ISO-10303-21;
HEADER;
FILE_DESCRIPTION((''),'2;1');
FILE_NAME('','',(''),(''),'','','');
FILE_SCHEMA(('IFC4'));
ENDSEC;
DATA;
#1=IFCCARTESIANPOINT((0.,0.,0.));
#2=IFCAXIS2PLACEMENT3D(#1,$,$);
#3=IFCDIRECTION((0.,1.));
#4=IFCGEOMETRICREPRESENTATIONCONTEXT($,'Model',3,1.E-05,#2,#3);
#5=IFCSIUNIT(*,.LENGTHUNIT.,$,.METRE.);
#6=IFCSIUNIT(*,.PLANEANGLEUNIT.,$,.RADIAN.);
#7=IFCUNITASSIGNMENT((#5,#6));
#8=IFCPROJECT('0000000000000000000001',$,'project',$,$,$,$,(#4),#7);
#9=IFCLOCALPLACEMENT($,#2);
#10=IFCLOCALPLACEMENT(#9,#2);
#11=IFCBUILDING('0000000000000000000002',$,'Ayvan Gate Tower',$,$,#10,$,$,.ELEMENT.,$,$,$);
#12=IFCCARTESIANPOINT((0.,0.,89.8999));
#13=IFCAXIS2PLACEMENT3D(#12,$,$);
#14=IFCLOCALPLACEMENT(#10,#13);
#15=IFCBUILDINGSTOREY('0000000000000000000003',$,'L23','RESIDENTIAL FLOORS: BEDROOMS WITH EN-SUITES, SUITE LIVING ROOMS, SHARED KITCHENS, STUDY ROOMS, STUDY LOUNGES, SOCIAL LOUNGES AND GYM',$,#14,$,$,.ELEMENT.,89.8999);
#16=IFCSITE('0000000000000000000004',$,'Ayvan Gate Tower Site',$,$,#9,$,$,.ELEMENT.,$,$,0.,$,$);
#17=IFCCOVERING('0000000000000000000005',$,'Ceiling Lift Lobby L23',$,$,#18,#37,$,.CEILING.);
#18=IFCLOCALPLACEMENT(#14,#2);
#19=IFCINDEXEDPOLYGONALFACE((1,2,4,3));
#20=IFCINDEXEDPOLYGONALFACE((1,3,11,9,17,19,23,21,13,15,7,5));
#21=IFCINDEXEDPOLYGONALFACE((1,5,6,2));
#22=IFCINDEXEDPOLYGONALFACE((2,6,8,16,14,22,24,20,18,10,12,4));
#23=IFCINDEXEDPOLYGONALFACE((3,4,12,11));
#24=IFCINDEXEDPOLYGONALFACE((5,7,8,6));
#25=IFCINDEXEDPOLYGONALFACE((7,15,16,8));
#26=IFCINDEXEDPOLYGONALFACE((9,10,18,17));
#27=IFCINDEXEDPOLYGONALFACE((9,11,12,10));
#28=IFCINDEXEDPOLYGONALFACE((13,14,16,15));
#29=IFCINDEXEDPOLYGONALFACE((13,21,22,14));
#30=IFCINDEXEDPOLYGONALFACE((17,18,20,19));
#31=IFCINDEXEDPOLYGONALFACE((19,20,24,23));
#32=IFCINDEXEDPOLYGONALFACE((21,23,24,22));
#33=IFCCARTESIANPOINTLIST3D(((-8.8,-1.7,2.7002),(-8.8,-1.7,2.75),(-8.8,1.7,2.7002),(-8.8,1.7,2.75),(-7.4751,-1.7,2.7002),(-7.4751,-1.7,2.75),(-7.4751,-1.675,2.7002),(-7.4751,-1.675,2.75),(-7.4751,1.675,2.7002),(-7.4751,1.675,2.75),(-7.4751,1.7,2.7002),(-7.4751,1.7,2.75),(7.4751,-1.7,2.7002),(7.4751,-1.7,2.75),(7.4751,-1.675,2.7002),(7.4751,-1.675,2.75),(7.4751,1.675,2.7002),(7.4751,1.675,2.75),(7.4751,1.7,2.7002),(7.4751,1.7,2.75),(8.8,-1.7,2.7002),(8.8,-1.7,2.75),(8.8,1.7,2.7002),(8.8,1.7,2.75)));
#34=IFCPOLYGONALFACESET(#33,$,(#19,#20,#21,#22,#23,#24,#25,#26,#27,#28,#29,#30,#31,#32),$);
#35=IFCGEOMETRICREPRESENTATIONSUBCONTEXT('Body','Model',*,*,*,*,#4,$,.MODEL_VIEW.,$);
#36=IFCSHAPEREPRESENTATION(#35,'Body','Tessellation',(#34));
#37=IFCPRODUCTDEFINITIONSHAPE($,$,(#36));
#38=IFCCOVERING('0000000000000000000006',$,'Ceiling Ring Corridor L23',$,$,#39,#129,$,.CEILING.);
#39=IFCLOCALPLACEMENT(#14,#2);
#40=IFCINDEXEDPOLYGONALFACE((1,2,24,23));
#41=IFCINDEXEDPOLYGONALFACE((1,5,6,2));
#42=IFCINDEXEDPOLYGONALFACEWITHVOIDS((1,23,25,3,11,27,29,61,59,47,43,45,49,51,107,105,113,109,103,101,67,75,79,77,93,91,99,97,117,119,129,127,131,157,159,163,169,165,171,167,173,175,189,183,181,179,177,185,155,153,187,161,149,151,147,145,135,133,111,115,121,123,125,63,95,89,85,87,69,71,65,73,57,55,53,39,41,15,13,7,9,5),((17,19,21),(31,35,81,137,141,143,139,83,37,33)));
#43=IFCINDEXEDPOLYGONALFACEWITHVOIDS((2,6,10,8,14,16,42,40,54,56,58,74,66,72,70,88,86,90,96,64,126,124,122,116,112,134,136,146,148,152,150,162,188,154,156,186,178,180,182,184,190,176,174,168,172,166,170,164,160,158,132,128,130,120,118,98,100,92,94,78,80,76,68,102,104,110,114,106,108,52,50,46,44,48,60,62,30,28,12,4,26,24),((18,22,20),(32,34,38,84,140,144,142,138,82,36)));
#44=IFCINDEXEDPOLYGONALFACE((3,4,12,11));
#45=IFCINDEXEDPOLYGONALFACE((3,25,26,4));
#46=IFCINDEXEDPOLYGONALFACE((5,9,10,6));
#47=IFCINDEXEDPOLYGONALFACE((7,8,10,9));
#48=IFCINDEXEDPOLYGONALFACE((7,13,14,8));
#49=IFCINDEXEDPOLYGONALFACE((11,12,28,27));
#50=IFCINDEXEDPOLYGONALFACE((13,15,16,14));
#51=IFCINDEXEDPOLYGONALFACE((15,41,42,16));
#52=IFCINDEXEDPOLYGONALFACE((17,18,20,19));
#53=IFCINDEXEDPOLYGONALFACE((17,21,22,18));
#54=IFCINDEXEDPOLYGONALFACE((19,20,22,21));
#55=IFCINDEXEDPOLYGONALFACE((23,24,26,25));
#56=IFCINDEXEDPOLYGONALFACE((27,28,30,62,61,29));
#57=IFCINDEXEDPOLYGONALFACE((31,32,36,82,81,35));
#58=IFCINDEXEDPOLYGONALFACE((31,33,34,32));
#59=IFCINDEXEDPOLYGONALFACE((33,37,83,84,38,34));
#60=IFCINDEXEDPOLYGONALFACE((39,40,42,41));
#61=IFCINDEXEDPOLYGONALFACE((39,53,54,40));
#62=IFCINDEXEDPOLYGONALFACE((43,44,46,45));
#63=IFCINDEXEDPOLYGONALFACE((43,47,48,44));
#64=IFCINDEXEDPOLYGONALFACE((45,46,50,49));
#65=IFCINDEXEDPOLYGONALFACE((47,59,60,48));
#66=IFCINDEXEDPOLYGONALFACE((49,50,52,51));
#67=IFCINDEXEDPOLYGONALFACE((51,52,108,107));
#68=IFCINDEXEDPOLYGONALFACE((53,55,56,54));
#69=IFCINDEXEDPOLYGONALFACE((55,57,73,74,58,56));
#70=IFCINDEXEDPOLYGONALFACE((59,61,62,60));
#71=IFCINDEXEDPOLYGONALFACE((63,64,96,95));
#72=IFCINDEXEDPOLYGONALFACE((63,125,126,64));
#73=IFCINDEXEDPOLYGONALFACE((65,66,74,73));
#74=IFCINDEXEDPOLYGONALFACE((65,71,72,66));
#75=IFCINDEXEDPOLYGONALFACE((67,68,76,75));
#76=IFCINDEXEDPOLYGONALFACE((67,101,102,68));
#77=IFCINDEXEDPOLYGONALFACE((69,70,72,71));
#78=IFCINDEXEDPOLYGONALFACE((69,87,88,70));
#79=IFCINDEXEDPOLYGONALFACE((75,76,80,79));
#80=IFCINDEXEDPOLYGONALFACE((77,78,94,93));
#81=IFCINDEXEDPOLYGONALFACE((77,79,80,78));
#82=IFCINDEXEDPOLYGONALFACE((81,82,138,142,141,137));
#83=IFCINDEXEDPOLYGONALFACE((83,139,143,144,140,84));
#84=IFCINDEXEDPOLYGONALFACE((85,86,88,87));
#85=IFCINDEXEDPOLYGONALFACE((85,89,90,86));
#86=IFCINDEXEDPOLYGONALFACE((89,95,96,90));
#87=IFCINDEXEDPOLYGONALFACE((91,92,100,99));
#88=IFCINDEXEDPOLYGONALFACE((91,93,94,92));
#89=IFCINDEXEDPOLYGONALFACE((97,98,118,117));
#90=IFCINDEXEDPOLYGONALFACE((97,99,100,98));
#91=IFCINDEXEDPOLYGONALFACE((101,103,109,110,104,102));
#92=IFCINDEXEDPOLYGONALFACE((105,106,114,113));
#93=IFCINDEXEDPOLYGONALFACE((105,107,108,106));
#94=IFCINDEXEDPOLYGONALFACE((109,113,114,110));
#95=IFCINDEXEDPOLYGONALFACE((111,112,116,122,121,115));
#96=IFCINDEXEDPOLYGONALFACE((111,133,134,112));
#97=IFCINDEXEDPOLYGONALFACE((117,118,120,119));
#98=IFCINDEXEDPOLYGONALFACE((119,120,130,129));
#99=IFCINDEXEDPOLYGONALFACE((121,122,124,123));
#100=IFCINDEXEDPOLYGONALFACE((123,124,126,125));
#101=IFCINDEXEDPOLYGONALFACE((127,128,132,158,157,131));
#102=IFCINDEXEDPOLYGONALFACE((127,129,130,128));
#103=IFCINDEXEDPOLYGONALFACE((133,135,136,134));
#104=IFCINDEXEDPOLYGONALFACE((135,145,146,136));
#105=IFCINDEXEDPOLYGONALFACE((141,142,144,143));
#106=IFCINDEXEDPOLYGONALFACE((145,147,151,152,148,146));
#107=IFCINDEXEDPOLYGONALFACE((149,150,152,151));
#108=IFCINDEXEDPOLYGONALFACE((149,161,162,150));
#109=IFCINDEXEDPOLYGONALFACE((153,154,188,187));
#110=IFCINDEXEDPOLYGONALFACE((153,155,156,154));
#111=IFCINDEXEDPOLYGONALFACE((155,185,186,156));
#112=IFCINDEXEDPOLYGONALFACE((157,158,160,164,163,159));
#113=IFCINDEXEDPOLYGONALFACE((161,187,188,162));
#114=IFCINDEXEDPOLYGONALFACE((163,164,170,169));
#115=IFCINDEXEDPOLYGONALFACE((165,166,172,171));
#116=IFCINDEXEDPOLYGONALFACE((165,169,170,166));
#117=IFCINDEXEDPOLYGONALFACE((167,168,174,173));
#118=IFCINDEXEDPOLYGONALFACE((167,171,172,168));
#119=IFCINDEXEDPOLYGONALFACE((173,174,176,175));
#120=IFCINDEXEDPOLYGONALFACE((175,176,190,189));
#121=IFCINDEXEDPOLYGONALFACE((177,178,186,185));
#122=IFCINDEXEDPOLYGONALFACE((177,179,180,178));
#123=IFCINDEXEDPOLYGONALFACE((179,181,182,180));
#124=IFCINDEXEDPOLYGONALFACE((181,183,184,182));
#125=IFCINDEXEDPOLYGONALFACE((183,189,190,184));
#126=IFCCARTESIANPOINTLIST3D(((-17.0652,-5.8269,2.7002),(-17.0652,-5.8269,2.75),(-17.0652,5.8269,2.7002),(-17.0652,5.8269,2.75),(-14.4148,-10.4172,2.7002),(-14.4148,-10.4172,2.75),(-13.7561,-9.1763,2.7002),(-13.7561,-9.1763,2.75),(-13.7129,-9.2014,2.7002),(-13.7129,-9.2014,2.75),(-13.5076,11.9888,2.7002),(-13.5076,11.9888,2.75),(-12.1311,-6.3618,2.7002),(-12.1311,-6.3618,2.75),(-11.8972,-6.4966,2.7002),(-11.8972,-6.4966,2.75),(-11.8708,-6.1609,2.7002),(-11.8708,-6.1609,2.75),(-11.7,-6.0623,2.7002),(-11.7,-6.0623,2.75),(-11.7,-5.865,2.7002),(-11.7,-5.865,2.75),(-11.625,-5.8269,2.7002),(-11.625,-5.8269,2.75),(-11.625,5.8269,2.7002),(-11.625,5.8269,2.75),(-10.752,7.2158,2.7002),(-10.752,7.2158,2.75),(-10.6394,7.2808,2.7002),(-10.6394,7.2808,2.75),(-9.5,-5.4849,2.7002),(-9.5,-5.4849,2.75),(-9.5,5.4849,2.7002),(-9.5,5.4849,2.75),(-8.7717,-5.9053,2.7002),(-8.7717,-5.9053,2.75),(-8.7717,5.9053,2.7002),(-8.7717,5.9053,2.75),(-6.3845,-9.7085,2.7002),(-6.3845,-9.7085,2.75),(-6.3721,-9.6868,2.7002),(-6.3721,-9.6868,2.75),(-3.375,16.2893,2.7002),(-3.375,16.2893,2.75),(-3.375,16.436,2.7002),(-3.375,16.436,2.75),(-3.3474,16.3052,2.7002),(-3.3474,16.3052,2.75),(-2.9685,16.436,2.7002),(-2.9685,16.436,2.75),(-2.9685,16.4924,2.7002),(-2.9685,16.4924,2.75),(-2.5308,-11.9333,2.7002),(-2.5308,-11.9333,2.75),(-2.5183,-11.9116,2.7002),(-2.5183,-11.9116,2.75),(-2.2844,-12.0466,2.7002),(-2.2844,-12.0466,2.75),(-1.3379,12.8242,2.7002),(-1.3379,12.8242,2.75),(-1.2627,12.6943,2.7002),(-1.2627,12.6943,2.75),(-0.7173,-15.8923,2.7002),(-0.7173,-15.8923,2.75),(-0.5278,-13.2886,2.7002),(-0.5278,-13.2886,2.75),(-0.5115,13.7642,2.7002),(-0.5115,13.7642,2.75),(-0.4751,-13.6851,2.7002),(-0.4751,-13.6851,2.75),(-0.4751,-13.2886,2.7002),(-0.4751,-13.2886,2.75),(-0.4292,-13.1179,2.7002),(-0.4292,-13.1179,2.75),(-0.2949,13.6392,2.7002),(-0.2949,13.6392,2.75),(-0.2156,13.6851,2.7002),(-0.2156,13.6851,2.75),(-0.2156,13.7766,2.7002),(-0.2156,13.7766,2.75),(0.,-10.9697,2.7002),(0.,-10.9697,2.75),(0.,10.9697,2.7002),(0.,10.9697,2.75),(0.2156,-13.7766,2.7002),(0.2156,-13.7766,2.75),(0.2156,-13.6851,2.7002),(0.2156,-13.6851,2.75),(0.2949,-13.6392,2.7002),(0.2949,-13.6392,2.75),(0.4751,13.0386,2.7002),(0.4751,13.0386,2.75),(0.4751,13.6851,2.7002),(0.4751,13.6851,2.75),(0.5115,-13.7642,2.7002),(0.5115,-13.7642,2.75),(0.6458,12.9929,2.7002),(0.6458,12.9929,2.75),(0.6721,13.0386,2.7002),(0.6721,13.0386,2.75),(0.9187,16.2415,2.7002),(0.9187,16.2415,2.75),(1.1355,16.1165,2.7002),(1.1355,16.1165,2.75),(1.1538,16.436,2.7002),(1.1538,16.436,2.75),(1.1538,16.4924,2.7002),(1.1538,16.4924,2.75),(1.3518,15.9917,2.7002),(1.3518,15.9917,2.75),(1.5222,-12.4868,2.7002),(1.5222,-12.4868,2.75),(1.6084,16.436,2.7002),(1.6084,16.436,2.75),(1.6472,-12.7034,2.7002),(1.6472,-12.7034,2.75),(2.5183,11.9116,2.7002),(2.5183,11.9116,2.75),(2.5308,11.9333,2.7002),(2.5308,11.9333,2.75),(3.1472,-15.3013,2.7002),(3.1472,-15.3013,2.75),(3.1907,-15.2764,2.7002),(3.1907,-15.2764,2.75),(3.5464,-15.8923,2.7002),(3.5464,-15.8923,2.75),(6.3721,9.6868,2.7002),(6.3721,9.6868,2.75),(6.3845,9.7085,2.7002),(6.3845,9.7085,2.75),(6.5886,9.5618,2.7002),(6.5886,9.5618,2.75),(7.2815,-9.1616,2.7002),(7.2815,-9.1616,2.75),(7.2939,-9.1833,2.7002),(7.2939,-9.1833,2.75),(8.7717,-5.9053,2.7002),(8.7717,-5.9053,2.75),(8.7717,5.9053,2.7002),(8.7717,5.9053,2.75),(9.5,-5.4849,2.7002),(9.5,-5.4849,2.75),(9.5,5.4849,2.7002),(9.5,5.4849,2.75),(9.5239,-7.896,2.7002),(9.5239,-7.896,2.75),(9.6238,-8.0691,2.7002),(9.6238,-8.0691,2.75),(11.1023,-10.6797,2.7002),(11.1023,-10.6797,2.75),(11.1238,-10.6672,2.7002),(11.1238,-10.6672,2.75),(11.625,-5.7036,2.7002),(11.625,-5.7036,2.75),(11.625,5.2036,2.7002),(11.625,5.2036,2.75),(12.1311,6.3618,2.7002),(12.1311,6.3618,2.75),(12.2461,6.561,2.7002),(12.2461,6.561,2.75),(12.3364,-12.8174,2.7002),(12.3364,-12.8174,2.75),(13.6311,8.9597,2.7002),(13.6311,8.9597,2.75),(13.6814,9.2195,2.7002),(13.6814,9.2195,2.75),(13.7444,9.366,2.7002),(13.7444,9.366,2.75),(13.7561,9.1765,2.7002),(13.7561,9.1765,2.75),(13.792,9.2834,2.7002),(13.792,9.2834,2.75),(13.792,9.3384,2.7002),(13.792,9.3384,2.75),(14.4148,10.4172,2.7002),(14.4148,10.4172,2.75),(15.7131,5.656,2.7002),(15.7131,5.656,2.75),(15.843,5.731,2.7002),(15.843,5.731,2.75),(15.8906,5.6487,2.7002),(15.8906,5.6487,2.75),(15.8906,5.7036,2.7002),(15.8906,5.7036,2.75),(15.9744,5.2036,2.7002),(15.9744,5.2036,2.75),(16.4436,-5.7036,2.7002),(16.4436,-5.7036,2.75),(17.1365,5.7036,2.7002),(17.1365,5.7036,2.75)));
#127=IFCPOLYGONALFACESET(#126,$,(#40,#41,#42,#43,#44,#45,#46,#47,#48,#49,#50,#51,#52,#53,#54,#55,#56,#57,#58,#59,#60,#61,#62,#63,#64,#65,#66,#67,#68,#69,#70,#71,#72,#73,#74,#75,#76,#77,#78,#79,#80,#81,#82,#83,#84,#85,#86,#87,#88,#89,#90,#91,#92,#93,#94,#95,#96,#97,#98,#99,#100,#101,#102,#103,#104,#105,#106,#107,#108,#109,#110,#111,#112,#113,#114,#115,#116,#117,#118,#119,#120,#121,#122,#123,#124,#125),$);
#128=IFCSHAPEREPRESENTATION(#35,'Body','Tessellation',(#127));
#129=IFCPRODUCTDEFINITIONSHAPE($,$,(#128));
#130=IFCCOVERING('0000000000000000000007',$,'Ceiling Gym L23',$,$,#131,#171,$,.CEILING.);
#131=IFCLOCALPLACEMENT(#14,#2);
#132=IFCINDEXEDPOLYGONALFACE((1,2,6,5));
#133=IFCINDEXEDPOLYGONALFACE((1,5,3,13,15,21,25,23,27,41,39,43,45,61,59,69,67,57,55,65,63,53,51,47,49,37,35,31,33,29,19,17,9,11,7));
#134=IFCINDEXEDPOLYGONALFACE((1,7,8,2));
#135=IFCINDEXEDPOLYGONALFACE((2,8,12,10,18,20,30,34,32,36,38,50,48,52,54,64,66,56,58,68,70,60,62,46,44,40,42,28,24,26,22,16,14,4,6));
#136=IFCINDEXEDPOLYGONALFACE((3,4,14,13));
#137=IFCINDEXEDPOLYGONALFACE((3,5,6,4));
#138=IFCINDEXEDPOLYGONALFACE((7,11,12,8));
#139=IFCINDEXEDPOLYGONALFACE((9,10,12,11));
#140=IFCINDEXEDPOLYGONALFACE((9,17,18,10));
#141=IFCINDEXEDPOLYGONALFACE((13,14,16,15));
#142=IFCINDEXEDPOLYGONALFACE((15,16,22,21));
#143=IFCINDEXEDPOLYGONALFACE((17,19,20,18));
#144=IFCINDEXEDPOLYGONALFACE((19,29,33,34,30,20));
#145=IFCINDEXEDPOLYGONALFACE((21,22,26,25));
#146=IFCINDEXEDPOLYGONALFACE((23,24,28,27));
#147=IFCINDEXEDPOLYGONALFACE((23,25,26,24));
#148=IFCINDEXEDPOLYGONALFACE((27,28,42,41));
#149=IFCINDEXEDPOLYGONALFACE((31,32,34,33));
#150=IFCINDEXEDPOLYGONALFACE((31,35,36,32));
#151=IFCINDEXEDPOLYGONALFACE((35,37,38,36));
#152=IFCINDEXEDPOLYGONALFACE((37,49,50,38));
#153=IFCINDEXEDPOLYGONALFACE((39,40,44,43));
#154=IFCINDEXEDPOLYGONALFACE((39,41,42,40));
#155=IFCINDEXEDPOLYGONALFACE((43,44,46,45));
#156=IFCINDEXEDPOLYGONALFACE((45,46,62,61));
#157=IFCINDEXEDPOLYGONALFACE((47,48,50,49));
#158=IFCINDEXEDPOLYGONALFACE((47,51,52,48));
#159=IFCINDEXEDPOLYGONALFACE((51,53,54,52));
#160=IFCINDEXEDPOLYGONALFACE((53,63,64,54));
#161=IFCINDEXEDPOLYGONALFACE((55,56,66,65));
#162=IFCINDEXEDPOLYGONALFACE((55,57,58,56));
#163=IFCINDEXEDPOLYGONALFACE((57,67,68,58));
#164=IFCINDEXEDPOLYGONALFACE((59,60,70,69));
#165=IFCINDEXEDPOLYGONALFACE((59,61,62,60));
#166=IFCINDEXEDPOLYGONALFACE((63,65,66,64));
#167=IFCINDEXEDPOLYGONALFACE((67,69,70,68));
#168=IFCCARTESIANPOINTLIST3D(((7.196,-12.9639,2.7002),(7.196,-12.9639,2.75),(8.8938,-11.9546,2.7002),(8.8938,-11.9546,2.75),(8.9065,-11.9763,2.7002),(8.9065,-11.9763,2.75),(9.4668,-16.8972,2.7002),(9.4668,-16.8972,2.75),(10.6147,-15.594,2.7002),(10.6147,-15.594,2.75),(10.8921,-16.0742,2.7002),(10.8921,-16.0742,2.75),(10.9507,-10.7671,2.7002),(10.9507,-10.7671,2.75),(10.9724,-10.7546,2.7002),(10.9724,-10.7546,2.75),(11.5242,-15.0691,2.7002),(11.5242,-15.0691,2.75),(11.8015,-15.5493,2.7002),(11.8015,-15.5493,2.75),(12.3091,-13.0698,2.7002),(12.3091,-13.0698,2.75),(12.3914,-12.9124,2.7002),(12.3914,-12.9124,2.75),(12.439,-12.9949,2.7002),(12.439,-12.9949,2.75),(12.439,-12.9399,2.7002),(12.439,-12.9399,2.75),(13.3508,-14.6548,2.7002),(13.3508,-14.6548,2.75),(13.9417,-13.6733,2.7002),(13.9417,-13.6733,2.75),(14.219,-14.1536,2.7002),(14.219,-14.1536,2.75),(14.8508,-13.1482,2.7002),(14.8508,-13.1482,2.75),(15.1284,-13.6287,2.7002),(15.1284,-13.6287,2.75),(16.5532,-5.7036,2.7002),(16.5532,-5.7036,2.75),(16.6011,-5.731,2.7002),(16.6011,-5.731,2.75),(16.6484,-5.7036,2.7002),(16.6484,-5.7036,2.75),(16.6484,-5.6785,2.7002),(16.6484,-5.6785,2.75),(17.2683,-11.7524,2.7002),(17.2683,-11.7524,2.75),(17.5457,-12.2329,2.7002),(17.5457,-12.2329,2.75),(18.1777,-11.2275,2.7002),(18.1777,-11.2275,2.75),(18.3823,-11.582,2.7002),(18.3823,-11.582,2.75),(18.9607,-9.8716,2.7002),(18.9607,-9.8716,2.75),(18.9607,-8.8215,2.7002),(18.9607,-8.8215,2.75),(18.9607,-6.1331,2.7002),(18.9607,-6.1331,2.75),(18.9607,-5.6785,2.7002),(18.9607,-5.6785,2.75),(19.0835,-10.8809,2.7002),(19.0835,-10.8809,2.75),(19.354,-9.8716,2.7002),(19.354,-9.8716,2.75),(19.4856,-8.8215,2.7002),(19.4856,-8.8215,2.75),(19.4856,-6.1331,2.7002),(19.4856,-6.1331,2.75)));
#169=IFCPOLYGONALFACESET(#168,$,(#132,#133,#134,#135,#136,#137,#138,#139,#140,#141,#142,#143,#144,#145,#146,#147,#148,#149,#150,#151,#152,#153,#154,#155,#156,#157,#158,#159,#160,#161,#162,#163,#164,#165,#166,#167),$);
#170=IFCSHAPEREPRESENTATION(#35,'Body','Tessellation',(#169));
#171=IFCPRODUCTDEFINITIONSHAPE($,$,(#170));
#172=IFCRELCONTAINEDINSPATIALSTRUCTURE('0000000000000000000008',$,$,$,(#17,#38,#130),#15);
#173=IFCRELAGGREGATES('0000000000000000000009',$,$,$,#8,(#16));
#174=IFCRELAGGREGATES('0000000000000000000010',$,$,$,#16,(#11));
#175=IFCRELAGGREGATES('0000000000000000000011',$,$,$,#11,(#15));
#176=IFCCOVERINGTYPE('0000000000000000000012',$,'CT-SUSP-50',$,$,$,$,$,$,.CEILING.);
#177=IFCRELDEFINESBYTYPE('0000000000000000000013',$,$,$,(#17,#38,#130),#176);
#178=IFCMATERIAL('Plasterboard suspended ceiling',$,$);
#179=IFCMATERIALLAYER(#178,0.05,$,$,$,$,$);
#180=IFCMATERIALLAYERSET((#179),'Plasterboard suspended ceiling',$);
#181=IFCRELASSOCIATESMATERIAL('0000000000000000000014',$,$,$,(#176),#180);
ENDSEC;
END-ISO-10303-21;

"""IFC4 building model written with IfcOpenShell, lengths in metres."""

from ifc_helpers import new_model, si_unit, direction, frame, origin, place, context, subcontext, project, spatial, polyline, outline, extrude, material, layer, layer_set, type_object, element, save


model = new_model("IFC4")

# Units and contexts
model_context = context("Model", 3, precision=1e-05, world=origin(), true_north=direction((0.0, 1.0)))
body_context = subcontext(model_context, "Body", "Model", "MODEL_VIEW")
ifc_project = project(units=[si_unit("LENGTHUNIT", "METRE"), si_unit("PLANEANGLEUNIT", "RADIAN")], contexts=[model_context])

# Site, building, storey
site_placement = place(None, origin())
site = spatial("IfcSite", under=ifc_project, at=site_placement, Name="Ayvan Gate Tower Site", CompositionType="ELEMENT", RefElevation=0.0)
building_placement = place(site_placement, origin())
building = spatial("IfcBuilding", under=site, at=building_placement, Name="Ayvan Gate Tower", CompositionType="ELEMENT")
storey_placement = place(building_placement, frame((0.0, 0.0, 89.8999)))
storey = spatial("IfcBuildingStorey", under=building, at=storey_placement, Name="L23", Description="RESIDENTIAL FLOORS: BEDROOMS WITH EN-SUITES, SUITE LIVING ROOMS, SHARED KITCHENS, STUDY ROOMS, STUDY LOUNGES, SOCIAL LOUNGES AND GYM", CompositionType="ELEMENT", Elevation=89.8999)

# Coverings
ifc_material_1 = material(Name="Plasterboard suspended ceiling")
ifc_layer_1 = layer(ifc_material_1, 0.05)
ifc_layer_set_1 = layer_set([ifc_layer_1], Name="Plasterboard suspended ceiling")
covering_type = type_object("IfcCoveringType", Name="CT-SUSP-50", PredefinedType="CEILING", material=ifc_layer_set_1)
covering_1_placement = place(storey_placement, frame((0.0, 0.0, 2.7002)))
element("IfcCovering", 1, at=covering_1_placement, inside=storey, type_object=covering_type, Name="Ceiling Lift Lobby L23", PredefinedType="CEILING", context=body_context, shape_type="SweptSolid", body=[
    extrude(outline(polyline([(7.4751, -1.675), (-7.4751, -1.675), (-7.4751, -1.7), (-8.8, -1.7), (-8.8, 1.7), (-7.4751, 1.7), (-7.4751, 1.675), (7.4751, 1.675), (7.4751, 1.7), (8.8, 1.7), (8.8, -1.7), (7.4751, -1.7), (7.4751, -1.675)])), origin(), (0.0, 0.0, 1.0), 0.0498),
])
covering_2_placement = place(storey_placement, frame((0.0, 0.0, 2.7002)))
element("IfcCovering", 2, at=covering_2_placement, inside=storey, type_object=covering_type, Name="Ceiling Ring Corridor L23", PredefinedType="CEILING", context=body_context, shape_type="SweptSolid", body=[
    extrude(outline(polyline([(-11.625, 5.8269), (-17.0652, 5.8269), (-13.5076, 11.9888), (-10.752, 7.2158), (-10.6394, 7.2808), (-1.2627, 12.6943), (-1.3379, 12.8242), (-3.3474, 16.3052), (-3.375, 16.2893), (-3.375, 16.436), (-2.9685, 16.436), (-2.9685, 16.4924), (1.1538, 16.4924), (1.1538, 16.436), (1.6084, 16.436), (1.3518, 15.9917), (1.1355, 16.1165), (0.9187, 16.2415), (-0.5115, 13.7642), (-0.2949, 13.6392), (-0.2156, 13.7766), (-0.2156, 13.6851), (0.4751, 13.6851), (0.4751, 13.0386), (0.6721, 13.0386), (0.6458, 12.9929), (2.5183, 11.9116), (2.5308, 11.9333), (6.3845, 9.7085), (6.3721, 9.6868), (6.5886, 9.5618), (12.1311, 6.3618), (12.2461, 6.561), (13.6311, 8.9597), (13.7561, 9.1765), (13.6814, 9.2195), (13.792, 9.2834), (13.7444, 9.366), (13.792, 9.3384), (14.4148, 10.4172), (17.1365, 5.7036), (15.8906, 5.7036), (15.8906, 5.6487), (15.843, 5.731), (15.7131, 5.656), (15.9744, 5.2036), (11.625, 5.2036), (11.625, -5.7036), (16.4436, -5.7036), (12.3364, -12.8174), (11.1023, -10.6797), (11.1238, -10.6672), (9.6238, -8.0691), (9.5239, -7.896), (7.2939, -9.1833), (7.2815, -9.1616), (1.5222, -12.4868), (1.6472, -12.7034), (3.1472, -15.3013), (3.1907, -15.2764), (3.5464, -15.8923), (-0.7173, -15.8923), (0.5115, -13.7642), (0.2949, -13.6392), (0.2156, -13.7766), (0.2156, -13.6851), (-0.4751, -13.6851), (-0.4751, -13.2886), (-0.5278, -13.2886), (-0.4292, -13.1179), (-2.2844, -12.0466), (-2.5183, -11.9116), (-2.5308, -11.9333), (-6.3845, -9.7085), (-6.3721, -9.6868), (-11.8972, -6.4966), (-12.1311, -6.3618), (-13.7561, -9.1763), (-13.7129, -9.2014), (-14.4148, -10.4172), (-17.0652, -5.8269), (-11.625, -5.8269), (-11.625, 5.8269)]), holes=[polyline([(9.5, 5.4849), (8.7717, 5.9053), (0.0, 10.9697), (-8.7717, 5.9053), (-9.5, 5.4849), (-9.5, -5.4849), (-8.7717, -5.9053), (0.0, -10.9697), (8.7717, -5.9053), (9.5, -5.4849), (9.5, 5.4849)]), polyline([(-11.7, -6.0623), (-11.7, -5.865), (-11.8708, -6.1609), (-11.7, -6.0623)])]), origin(), (0.0, 0.0, 1.0), 0.0498),
])
covering_3_placement = place(storey_placement, frame((0.0, 0.0, 2.7002)))
element("IfcCovering", 3, at=covering_3_placement, inside=storey, type_object=covering_type, Name="Ceiling Gym L23", PredefinedType="CEILING", context=body_context, shape_type="SweptSolid", body=[
    extrude(outline(polyline([(10.9507, -10.7671), (10.9724, -10.7546), (12.3091, -13.0698), (12.439, -12.9949), (12.3914, -12.9124), (12.439, -12.9399), (16.6011, -5.731), (16.5532, -5.7036), (16.6484, -5.7036), (16.6484, -5.6785), (18.9607, -5.6785), (18.9607, -6.1331), (19.4856, -6.1331), (19.4856, -8.8215), (18.9607, -8.8215), (18.9607, -9.8716), (19.354, -9.8716), (19.0835, -10.8809), (18.3823, -11.582), (18.1777, -11.2275), (17.2683, -11.7524), (17.5457, -12.2329), (15.1284, -13.6287), (14.8508, -13.1482), (13.9417, -13.6733), (14.219, -14.1536), (13.3508, -14.6548), (11.8015, -15.5493), (11.5242, -15.0691), (10.6147, -15.594), (10.8921, -16.0742), (9.4668, -16.8972), (7.196, -12.9639), (8.9065, -11.9763), (8.8938, -11.9546), (10.9507, -10.7671)])), origin(), (0.0, 0.0, 1.0), 0.0498),
])

save(model, "model.ifc")
